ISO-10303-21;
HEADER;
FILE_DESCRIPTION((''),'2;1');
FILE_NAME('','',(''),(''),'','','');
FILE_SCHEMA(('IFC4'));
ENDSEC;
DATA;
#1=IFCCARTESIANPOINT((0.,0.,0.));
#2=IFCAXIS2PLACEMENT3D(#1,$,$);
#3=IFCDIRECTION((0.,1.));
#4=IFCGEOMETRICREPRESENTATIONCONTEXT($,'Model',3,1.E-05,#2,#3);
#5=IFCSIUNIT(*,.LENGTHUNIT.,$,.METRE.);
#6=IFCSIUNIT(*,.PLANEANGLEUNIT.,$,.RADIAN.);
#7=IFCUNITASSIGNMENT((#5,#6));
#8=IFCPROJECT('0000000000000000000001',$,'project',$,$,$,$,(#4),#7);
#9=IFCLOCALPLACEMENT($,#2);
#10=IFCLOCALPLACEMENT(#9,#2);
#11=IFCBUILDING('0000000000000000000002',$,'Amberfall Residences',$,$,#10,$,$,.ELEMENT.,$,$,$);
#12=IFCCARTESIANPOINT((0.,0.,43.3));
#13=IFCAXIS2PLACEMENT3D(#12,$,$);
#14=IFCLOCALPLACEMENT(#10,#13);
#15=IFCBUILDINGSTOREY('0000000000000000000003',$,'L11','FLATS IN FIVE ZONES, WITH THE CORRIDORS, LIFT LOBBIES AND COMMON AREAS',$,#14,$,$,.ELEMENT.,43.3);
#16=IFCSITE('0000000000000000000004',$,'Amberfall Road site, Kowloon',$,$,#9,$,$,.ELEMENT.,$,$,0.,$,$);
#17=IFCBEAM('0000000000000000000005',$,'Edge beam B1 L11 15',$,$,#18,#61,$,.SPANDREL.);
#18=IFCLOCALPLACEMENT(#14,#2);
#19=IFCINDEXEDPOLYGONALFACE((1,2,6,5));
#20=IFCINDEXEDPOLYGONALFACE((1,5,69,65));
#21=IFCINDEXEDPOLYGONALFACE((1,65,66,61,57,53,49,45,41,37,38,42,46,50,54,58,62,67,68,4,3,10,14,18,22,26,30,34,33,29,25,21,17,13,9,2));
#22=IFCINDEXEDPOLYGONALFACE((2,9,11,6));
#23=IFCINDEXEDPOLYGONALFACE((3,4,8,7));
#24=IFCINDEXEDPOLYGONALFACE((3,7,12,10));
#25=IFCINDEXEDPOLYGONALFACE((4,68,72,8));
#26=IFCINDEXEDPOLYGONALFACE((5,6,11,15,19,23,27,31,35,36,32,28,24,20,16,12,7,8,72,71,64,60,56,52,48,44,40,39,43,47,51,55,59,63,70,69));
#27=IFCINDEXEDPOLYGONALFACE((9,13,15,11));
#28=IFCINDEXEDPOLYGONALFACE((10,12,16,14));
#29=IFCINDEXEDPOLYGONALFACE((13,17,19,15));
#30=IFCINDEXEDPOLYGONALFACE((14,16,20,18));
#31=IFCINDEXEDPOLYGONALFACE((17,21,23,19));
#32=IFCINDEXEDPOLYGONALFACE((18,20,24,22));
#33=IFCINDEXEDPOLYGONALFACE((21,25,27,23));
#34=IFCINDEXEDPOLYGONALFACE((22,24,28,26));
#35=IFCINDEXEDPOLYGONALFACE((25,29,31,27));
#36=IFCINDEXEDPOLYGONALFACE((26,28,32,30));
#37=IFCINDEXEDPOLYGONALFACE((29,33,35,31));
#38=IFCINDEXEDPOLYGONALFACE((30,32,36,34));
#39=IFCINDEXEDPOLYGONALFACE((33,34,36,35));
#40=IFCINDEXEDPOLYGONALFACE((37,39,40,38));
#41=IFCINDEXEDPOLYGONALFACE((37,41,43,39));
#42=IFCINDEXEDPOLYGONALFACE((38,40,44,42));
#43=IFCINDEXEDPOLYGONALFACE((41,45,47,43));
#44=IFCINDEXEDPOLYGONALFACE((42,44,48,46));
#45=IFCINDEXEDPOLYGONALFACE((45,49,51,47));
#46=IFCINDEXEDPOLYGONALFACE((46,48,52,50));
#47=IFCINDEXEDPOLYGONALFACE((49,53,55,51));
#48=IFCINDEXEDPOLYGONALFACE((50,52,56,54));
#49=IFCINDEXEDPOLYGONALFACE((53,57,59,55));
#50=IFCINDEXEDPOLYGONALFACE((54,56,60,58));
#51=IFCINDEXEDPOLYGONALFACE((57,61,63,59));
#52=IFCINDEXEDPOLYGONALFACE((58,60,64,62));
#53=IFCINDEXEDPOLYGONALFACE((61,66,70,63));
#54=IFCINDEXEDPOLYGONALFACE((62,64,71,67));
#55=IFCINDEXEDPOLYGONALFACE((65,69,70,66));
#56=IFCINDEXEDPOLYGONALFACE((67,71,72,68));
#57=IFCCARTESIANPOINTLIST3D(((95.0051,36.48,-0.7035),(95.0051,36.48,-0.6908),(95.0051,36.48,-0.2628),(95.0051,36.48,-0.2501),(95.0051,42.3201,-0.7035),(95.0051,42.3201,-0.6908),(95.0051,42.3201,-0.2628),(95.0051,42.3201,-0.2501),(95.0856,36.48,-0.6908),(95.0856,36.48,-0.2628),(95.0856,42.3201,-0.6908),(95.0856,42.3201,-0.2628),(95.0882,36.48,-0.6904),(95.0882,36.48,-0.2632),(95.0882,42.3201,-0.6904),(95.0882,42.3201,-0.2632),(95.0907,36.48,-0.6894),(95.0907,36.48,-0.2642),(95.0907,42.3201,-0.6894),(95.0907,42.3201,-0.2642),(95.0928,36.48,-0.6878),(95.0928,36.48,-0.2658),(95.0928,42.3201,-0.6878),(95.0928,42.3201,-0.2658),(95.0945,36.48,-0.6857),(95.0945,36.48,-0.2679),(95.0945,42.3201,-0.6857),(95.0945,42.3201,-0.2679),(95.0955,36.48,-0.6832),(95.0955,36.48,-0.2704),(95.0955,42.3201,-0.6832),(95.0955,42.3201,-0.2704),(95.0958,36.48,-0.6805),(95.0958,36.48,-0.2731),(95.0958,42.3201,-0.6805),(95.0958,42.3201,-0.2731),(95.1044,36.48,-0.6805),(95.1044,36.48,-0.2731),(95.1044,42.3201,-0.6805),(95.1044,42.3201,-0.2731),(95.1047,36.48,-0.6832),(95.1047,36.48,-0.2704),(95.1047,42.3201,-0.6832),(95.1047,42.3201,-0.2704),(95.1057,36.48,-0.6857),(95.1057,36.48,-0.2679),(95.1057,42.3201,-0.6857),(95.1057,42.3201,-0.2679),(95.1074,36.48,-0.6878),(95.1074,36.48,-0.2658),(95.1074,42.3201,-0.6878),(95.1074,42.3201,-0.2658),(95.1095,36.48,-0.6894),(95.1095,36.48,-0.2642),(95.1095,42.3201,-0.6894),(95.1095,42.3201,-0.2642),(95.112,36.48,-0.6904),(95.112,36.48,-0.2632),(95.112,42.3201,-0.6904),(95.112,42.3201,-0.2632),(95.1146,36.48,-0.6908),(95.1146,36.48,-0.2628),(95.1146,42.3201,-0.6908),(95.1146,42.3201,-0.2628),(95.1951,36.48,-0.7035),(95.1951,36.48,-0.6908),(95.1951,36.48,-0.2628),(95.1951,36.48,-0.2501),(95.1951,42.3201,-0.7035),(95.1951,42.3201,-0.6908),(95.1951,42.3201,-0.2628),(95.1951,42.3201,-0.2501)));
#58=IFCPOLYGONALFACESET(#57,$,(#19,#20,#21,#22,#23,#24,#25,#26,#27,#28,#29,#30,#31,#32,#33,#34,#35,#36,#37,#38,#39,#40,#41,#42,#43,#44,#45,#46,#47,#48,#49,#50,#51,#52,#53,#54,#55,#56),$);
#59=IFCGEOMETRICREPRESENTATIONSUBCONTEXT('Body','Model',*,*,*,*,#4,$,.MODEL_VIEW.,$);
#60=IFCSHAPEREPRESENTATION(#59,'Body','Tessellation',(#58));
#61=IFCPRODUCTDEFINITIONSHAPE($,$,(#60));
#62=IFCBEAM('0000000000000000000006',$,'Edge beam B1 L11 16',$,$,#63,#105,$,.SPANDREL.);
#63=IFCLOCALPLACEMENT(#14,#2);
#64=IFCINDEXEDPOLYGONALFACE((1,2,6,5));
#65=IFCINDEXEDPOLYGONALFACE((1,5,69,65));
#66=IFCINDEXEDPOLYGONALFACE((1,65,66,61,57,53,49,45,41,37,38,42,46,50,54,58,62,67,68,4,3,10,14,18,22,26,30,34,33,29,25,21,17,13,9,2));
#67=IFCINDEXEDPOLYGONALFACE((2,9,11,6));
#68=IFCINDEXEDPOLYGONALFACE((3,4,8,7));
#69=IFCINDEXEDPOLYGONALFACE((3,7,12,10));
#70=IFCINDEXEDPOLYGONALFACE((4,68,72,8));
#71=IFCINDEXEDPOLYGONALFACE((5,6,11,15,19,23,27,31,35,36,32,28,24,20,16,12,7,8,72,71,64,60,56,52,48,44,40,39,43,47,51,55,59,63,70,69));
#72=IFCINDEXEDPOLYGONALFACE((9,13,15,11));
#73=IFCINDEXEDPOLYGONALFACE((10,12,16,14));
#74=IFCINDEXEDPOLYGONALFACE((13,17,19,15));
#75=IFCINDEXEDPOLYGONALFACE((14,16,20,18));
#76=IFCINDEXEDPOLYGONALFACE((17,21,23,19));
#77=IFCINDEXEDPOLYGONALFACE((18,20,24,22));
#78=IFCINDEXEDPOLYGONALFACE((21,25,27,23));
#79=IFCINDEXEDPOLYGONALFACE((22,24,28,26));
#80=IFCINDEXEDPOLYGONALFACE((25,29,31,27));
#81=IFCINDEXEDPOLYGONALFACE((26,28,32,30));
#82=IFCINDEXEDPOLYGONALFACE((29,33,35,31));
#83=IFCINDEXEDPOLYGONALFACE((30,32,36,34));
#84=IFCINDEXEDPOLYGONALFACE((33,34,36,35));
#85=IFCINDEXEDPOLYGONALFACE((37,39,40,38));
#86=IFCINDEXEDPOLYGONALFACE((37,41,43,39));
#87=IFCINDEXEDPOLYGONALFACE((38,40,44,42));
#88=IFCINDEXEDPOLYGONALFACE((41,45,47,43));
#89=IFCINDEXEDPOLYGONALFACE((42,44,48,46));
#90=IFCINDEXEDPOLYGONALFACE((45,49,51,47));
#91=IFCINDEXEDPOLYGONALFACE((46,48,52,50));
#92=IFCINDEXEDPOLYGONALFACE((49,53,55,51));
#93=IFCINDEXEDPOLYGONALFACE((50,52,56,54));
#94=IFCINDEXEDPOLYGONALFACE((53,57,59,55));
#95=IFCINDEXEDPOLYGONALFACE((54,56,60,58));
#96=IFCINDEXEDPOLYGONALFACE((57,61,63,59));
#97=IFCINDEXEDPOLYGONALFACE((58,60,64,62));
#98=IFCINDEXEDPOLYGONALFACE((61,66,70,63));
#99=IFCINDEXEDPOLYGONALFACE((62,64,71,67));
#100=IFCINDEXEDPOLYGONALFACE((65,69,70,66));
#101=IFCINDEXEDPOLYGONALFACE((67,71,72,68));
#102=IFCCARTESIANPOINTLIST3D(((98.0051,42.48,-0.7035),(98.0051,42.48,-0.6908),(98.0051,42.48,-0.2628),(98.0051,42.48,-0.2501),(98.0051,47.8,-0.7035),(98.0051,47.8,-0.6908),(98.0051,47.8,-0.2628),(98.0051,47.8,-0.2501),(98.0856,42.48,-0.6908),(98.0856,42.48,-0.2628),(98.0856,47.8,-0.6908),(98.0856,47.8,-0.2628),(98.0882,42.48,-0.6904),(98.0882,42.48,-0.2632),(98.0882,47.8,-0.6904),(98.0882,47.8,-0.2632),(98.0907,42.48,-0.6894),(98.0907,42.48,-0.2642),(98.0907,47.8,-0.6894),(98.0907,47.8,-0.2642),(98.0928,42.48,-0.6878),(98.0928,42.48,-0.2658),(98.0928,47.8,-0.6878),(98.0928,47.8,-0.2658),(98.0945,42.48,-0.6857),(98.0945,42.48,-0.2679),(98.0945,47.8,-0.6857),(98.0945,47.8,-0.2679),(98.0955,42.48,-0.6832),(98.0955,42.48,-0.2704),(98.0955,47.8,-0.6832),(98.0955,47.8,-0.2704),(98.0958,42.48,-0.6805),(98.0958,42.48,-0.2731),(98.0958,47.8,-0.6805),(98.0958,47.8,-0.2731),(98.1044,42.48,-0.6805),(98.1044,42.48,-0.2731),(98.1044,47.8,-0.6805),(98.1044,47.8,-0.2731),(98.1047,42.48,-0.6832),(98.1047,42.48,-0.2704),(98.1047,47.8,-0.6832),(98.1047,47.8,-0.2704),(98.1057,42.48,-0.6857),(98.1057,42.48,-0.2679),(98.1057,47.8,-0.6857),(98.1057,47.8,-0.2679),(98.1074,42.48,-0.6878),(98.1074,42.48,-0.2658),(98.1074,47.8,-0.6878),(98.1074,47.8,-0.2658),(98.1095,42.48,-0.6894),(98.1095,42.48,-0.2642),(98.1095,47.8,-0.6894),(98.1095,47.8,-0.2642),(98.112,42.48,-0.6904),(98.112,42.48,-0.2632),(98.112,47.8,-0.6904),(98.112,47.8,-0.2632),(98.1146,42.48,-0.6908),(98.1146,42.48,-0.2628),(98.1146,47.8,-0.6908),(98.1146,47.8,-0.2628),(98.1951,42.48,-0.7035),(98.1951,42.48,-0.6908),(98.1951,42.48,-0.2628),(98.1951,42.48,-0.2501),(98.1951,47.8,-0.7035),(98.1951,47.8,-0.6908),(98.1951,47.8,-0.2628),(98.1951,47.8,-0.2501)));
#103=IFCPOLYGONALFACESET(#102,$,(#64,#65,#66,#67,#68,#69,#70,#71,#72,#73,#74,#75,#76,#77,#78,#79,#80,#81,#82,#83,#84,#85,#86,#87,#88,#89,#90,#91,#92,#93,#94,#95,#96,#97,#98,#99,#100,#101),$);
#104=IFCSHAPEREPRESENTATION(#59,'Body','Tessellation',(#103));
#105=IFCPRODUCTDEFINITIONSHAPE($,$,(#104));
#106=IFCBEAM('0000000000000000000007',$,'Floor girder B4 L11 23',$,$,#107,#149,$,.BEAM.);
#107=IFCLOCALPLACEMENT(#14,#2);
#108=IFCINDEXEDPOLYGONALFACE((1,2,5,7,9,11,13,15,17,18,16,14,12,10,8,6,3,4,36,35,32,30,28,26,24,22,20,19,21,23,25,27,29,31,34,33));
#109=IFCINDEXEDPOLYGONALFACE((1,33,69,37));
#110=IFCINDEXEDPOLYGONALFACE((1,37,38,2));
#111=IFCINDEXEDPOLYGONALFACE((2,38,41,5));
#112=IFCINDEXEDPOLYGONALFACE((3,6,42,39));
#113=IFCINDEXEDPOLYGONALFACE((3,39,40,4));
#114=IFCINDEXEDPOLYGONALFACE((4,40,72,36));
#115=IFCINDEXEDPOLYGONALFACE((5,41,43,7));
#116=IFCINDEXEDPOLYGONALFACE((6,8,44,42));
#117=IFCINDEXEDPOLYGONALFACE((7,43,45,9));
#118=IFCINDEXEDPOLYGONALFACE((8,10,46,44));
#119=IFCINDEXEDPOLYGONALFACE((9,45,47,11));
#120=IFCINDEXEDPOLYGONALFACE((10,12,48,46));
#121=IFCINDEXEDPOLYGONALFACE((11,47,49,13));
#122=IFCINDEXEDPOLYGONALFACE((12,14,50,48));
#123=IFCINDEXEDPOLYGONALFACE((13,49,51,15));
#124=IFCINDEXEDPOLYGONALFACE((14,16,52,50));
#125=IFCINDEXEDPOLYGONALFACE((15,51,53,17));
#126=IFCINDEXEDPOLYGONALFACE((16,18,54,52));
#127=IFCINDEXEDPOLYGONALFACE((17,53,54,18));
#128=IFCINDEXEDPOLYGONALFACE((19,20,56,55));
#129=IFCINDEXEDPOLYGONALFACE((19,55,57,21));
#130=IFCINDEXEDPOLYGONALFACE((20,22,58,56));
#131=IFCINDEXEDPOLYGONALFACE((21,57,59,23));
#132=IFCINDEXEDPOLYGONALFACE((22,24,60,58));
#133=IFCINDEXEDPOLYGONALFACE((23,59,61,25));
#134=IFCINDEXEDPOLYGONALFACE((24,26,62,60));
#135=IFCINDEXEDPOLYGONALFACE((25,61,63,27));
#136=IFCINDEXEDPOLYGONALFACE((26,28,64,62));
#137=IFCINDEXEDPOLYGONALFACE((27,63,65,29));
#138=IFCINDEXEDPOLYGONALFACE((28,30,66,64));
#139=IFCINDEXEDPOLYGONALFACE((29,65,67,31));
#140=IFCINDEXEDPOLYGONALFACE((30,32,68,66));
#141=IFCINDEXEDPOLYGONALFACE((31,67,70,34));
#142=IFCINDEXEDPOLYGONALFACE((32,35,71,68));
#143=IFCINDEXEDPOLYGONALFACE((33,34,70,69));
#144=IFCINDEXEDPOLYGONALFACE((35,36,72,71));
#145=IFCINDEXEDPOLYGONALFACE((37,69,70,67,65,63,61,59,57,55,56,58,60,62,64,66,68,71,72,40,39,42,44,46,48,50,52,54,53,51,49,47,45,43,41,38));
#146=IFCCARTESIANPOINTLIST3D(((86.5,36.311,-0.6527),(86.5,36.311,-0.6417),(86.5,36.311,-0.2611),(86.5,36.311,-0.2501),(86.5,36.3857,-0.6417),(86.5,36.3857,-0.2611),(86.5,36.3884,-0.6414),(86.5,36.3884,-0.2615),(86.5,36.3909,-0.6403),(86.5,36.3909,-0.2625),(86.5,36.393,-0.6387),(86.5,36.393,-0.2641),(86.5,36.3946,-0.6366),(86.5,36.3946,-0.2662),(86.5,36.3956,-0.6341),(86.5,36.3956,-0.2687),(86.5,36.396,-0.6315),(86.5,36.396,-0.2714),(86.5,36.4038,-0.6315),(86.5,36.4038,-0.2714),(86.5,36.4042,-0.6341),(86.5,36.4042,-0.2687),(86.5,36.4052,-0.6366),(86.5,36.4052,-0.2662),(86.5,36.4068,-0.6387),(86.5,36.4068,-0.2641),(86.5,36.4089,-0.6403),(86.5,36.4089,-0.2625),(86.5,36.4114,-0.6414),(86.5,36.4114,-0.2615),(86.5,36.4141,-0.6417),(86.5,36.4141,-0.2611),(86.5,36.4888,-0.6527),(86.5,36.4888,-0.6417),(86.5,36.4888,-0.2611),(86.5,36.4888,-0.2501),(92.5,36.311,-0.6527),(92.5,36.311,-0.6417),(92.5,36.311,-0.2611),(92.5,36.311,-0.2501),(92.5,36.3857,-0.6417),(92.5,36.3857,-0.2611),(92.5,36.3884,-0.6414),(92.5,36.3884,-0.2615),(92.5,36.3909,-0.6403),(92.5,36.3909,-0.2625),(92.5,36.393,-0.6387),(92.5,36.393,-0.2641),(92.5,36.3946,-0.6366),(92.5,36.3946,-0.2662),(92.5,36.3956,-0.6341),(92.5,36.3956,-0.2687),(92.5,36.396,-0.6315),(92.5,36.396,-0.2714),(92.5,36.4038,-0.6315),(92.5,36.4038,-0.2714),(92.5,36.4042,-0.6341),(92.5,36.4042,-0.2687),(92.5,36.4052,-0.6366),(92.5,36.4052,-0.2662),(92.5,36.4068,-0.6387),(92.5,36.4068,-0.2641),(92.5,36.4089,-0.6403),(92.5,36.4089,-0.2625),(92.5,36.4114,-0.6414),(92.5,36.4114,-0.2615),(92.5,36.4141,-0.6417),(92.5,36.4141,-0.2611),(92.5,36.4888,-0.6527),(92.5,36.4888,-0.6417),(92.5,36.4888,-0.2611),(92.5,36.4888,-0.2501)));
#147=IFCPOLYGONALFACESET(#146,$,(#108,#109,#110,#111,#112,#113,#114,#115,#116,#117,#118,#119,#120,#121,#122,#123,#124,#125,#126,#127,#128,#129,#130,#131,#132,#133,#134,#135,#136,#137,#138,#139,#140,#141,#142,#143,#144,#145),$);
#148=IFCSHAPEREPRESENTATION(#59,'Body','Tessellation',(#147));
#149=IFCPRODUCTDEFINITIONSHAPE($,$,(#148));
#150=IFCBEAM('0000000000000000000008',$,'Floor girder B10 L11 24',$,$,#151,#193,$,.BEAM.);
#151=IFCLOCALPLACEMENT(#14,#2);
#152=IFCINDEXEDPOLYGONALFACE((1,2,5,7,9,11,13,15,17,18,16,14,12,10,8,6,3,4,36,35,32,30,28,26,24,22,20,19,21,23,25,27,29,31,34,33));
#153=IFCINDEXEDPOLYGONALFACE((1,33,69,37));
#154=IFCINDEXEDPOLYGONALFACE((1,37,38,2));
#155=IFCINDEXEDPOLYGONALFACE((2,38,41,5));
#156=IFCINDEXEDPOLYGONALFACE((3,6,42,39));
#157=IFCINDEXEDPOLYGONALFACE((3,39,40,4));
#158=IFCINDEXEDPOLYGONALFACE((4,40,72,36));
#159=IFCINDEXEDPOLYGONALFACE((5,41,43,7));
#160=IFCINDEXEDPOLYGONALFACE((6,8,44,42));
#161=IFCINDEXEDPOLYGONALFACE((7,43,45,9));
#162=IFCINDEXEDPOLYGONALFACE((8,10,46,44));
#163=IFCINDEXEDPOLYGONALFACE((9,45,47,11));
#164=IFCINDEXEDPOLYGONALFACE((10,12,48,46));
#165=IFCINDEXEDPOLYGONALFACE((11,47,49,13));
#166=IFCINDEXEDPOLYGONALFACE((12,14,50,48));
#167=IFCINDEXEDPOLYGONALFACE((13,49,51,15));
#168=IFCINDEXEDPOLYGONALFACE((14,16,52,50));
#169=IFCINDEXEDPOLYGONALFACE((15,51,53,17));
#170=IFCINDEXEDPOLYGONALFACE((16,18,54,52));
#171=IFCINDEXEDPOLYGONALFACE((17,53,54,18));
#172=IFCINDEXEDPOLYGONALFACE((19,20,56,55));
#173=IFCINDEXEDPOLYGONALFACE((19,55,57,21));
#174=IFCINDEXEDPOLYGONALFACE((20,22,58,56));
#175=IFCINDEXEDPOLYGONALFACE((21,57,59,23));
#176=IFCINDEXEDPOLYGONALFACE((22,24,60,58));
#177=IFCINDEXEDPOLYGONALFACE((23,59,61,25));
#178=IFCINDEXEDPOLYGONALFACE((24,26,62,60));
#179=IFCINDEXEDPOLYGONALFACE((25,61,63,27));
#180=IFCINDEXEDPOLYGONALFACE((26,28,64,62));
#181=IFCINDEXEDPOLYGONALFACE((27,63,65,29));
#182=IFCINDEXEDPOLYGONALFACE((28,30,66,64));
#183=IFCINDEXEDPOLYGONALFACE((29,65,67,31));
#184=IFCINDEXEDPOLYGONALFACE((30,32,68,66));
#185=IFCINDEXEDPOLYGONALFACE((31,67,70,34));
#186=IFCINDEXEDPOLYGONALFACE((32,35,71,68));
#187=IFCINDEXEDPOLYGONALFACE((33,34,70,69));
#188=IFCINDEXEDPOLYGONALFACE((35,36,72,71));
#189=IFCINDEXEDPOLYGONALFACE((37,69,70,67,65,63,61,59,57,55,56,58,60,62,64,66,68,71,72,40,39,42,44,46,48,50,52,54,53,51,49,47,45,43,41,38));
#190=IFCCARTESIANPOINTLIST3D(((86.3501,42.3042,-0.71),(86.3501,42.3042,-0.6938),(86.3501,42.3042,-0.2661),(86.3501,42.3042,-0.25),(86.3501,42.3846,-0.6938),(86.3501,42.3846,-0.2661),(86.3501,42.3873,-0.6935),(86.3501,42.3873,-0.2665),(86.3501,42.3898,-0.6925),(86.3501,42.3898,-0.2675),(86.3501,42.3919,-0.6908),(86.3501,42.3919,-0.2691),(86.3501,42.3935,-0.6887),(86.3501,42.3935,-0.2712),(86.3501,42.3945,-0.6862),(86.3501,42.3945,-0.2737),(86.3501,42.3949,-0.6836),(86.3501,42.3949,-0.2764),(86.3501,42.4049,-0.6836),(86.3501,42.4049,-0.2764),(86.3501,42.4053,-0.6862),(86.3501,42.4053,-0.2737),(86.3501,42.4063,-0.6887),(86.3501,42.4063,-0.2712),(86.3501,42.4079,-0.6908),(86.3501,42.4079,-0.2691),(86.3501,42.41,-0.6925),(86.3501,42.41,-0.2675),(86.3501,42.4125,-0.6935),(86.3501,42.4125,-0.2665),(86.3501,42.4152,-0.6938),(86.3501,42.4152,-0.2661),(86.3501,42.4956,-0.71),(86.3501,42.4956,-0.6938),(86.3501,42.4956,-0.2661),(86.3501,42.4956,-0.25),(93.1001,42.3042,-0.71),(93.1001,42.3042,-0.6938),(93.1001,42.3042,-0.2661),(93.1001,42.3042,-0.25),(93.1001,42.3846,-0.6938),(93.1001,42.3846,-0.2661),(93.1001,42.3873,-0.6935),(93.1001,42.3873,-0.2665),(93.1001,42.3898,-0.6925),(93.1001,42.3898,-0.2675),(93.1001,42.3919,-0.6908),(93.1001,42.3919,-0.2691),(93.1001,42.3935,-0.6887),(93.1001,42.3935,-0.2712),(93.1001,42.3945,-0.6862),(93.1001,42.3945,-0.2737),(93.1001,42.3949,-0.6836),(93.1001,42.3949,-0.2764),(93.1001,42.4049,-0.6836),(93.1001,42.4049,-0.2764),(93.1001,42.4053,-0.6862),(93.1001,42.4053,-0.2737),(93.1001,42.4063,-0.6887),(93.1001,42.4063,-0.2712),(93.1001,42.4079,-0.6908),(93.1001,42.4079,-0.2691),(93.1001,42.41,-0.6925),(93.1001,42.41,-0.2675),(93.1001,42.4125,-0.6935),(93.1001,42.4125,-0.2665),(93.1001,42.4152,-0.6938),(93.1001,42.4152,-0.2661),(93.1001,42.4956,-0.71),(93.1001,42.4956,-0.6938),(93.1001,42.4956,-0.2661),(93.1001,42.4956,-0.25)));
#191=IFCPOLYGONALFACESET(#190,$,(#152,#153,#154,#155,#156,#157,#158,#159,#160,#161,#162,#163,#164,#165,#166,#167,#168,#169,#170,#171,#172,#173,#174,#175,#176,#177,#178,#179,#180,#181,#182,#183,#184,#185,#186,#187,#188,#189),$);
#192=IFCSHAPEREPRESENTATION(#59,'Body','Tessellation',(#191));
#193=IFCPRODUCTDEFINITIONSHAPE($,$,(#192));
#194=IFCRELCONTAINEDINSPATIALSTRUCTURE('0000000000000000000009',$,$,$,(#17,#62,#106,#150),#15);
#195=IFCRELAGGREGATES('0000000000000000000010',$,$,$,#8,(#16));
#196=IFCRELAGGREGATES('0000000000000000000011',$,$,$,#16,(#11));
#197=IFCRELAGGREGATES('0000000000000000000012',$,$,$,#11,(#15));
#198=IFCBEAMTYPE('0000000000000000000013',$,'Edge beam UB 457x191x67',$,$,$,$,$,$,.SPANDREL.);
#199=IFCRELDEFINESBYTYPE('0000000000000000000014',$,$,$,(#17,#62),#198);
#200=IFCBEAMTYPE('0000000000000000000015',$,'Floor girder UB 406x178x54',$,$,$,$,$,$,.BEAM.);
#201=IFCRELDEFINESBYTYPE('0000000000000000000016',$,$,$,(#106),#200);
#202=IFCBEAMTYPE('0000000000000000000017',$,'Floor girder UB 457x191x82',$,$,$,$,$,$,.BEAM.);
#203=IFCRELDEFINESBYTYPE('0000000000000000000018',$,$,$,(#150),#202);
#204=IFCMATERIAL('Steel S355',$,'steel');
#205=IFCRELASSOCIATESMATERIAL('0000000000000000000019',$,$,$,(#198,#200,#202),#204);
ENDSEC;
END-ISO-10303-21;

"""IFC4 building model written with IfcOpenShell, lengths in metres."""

from ifc_helpers import new_model, si_unit, direction, frame, origin, origin_2d, place, context, subcontext, project, spatial, i_section, extrude, material, material_profile, profile_set, type_object, element, save


model = new_model("IFC4")

# Units and contexts
model_context = context("Model", 3, precision=1e-05, world=origin(), true_north=direction((0.0, 1.0)))
body_context = subcontext(model_context, "Body", "Model", "MODEL_VIEW")
ifc_project = project(units=[si_unit("LENGTHUNIT", "METRE"), si_unit("PLANEANGLEUNIT", "RADIAN")], contexts=[model_context])

# Site, building, storey
site_placement = place(None, origin())
site = spatial("IfcSite", under=ifc_project, at=site_placement, Name="Amberfall Road site, Kowloon", CompositionType="ELEMENT", RefElevation=0.0)
building_placement = place(site_placement, origin())
building = spatial("IfcBuilding", under=site, at=building_placement, Name="Amberfall Residences", CompositionType="ELEMENT")
storey_placement = place(building_placement, frame((0.0, 0.0, 43.3)))
storey = spatial("IfcBuildingStorey", under=building, at=storey_placement, Name="L11", Description="FLATS IN FIVE ZONES, WITH THE CORRIDORS, LIFT LOBBIES AND COMMON AREAS", CompositionType="ELEMENT", Elevation=43.3)

# Beams
ifc_material_1 = material(Name="Steel S355", Category="steel")
ifc_material_profile_1 = material_profile(ifc_material_1, i_section(OverallWidth=0.1899, OverallDepth=0.4534, WebThickness=0.0085, FlangeThickness=0.0127, FilletRadius=0.0103, at=origin_2d()), Name="UB 457x191x67")
ifc_profile_set_1 = profile_set([ifc_material_profile_1], Name="Steel S355")
beam_type_1 = type_object("IfcBeamType", Name="Edge beam UB 457x191x67", PredefinedType="SPANDREL", material=ifc_profile_set_1)
beam_1_placement = place(storey_placement, frame((95.1001, 36.48, -0.4768), z_axis=(0.0, 1.0, 0.0), x_axis=(-1.0, 0.0, 0.0)))
element("IfcBeam", 1, at=beam_1_placement, inside=storey, type_object=beam_type_1, Name="Edge beam B1 L11 15", PredefinedType="SPANDREL", context=body_context, shape_type="SweptSolid", body=[
    extrude(i_section(OverallWidth=0.1899, OverallDepth=0.4534, WebThickness=0.0085, FlangeThickness=0.0127, FilletRadius=0.0103, at=origin_2d()), origin(), (0.0, 0.0, 1.0), 5.8401),
])
beam_2_placement = place(storey_placement, frame((98.1001, 42.48, -0.4768), z_axis=(0.0, 1.0, 0.0), x_axis=(-1.0, 0.0, 0.0)))
element("IfcBeam", 2, at=beam_2_placement, inside=storey, type_object=beam_type_1, Name="Edge beam B1 L11 16", PredefinedType="SPANDREL", context=body_context, shape_type="SweptSolid", body=[
    extrude(i_section(OverallWidth=0.1899, OverallDepth=0.4534, WebThickness=0.0085, FlangeThickness=0.0127, FilletRadius=0.0103, at=origin_2d()), origin(), (0.0, 0.0, 1.0), 5.3201),
])
ifc_material_profile_2 = material_profile(ifc_material_1, i_section(OverallWidth=0.1777, OverallDepth=0.4026, WebThickness=0.0078, FlangeThickness=0.011, FilletRadius=0.0103, at=origin_2d()), Name="UB 406x178x54")
ifc_profile_set_2 = profile_set([ifc_material_profile_2], Name="Steel S355")
beam_type_2 = type_object("IfcBeamType", Name="Floor girder UB 406x178x54", PredefinedType="BEAM", material=ifc_profile_set_2)
beam_3_placement = place(storey_placement, frame((92.5, 36.3999, -0.4514), z_axis=(-1.0, 0.0, 0.0), x_axis=(0.0, -1.0, 0.0)))
element("IfcBeam", 3, at=beam_3_placement, inside=storey, type_object=beam_type_2, Name="Floor girder B4 L11 23", PredefinedType="BEAM", context=body_context, shape_type="SweptSolid", body=[
    extrude(i_section(OverallWidth=0.1777, OverallDepth=0.4026, WebThickness=0.0078, FlangeThickness=0.011, FilletRadius=0.0103, at=origin_2d()), origin(), (0.0, 0.0, 1.0), 6.0),
])
ifc_material_profile_3 = material_profile(ifc_material_1, i_section(OverallWidth=0.1914, OverallDepth=0.46, WebThickness=0.01, FlangeThickness=0.0161, FilletRadius=0.0103, at=origin_2d()), Name="UB 457x191x82")
ifc_profile_set_3 = profile_set([ifc_material_profile_3], Name="Steel S355")
beam_type_3 = type_object("IfcBeamType", Name="Floor girder UB 457x191x82", PredefinedType="BEAM", material=ifc_profile_set_3)
beam_4_placement = place(storey_placement, frame((93.1001, 42.3999, -0.48), z_axis=(-1.0, 0.0, 0.0), x_axis=(0.0, -1.0, 0.0)))
element("IfcBeam", 4, at=beam_4_placement, inside=storey, type_object=beam_type_3, Name="Floor girder B10 L11 24", PredefinedType="BEAM", context=body_context, shape_type="SweptSolid", body=[
    extrude(i_section(OverallWidth=0.1914, OverallDepth=0.46, WebThickness=0.01, FlangeThickness=0.0161, FilletRadius=0.0103, at=origin_2d()), origin(), (0.0, 0.0, 1.0), 6.75),
])

save(model, "model.ifc")
